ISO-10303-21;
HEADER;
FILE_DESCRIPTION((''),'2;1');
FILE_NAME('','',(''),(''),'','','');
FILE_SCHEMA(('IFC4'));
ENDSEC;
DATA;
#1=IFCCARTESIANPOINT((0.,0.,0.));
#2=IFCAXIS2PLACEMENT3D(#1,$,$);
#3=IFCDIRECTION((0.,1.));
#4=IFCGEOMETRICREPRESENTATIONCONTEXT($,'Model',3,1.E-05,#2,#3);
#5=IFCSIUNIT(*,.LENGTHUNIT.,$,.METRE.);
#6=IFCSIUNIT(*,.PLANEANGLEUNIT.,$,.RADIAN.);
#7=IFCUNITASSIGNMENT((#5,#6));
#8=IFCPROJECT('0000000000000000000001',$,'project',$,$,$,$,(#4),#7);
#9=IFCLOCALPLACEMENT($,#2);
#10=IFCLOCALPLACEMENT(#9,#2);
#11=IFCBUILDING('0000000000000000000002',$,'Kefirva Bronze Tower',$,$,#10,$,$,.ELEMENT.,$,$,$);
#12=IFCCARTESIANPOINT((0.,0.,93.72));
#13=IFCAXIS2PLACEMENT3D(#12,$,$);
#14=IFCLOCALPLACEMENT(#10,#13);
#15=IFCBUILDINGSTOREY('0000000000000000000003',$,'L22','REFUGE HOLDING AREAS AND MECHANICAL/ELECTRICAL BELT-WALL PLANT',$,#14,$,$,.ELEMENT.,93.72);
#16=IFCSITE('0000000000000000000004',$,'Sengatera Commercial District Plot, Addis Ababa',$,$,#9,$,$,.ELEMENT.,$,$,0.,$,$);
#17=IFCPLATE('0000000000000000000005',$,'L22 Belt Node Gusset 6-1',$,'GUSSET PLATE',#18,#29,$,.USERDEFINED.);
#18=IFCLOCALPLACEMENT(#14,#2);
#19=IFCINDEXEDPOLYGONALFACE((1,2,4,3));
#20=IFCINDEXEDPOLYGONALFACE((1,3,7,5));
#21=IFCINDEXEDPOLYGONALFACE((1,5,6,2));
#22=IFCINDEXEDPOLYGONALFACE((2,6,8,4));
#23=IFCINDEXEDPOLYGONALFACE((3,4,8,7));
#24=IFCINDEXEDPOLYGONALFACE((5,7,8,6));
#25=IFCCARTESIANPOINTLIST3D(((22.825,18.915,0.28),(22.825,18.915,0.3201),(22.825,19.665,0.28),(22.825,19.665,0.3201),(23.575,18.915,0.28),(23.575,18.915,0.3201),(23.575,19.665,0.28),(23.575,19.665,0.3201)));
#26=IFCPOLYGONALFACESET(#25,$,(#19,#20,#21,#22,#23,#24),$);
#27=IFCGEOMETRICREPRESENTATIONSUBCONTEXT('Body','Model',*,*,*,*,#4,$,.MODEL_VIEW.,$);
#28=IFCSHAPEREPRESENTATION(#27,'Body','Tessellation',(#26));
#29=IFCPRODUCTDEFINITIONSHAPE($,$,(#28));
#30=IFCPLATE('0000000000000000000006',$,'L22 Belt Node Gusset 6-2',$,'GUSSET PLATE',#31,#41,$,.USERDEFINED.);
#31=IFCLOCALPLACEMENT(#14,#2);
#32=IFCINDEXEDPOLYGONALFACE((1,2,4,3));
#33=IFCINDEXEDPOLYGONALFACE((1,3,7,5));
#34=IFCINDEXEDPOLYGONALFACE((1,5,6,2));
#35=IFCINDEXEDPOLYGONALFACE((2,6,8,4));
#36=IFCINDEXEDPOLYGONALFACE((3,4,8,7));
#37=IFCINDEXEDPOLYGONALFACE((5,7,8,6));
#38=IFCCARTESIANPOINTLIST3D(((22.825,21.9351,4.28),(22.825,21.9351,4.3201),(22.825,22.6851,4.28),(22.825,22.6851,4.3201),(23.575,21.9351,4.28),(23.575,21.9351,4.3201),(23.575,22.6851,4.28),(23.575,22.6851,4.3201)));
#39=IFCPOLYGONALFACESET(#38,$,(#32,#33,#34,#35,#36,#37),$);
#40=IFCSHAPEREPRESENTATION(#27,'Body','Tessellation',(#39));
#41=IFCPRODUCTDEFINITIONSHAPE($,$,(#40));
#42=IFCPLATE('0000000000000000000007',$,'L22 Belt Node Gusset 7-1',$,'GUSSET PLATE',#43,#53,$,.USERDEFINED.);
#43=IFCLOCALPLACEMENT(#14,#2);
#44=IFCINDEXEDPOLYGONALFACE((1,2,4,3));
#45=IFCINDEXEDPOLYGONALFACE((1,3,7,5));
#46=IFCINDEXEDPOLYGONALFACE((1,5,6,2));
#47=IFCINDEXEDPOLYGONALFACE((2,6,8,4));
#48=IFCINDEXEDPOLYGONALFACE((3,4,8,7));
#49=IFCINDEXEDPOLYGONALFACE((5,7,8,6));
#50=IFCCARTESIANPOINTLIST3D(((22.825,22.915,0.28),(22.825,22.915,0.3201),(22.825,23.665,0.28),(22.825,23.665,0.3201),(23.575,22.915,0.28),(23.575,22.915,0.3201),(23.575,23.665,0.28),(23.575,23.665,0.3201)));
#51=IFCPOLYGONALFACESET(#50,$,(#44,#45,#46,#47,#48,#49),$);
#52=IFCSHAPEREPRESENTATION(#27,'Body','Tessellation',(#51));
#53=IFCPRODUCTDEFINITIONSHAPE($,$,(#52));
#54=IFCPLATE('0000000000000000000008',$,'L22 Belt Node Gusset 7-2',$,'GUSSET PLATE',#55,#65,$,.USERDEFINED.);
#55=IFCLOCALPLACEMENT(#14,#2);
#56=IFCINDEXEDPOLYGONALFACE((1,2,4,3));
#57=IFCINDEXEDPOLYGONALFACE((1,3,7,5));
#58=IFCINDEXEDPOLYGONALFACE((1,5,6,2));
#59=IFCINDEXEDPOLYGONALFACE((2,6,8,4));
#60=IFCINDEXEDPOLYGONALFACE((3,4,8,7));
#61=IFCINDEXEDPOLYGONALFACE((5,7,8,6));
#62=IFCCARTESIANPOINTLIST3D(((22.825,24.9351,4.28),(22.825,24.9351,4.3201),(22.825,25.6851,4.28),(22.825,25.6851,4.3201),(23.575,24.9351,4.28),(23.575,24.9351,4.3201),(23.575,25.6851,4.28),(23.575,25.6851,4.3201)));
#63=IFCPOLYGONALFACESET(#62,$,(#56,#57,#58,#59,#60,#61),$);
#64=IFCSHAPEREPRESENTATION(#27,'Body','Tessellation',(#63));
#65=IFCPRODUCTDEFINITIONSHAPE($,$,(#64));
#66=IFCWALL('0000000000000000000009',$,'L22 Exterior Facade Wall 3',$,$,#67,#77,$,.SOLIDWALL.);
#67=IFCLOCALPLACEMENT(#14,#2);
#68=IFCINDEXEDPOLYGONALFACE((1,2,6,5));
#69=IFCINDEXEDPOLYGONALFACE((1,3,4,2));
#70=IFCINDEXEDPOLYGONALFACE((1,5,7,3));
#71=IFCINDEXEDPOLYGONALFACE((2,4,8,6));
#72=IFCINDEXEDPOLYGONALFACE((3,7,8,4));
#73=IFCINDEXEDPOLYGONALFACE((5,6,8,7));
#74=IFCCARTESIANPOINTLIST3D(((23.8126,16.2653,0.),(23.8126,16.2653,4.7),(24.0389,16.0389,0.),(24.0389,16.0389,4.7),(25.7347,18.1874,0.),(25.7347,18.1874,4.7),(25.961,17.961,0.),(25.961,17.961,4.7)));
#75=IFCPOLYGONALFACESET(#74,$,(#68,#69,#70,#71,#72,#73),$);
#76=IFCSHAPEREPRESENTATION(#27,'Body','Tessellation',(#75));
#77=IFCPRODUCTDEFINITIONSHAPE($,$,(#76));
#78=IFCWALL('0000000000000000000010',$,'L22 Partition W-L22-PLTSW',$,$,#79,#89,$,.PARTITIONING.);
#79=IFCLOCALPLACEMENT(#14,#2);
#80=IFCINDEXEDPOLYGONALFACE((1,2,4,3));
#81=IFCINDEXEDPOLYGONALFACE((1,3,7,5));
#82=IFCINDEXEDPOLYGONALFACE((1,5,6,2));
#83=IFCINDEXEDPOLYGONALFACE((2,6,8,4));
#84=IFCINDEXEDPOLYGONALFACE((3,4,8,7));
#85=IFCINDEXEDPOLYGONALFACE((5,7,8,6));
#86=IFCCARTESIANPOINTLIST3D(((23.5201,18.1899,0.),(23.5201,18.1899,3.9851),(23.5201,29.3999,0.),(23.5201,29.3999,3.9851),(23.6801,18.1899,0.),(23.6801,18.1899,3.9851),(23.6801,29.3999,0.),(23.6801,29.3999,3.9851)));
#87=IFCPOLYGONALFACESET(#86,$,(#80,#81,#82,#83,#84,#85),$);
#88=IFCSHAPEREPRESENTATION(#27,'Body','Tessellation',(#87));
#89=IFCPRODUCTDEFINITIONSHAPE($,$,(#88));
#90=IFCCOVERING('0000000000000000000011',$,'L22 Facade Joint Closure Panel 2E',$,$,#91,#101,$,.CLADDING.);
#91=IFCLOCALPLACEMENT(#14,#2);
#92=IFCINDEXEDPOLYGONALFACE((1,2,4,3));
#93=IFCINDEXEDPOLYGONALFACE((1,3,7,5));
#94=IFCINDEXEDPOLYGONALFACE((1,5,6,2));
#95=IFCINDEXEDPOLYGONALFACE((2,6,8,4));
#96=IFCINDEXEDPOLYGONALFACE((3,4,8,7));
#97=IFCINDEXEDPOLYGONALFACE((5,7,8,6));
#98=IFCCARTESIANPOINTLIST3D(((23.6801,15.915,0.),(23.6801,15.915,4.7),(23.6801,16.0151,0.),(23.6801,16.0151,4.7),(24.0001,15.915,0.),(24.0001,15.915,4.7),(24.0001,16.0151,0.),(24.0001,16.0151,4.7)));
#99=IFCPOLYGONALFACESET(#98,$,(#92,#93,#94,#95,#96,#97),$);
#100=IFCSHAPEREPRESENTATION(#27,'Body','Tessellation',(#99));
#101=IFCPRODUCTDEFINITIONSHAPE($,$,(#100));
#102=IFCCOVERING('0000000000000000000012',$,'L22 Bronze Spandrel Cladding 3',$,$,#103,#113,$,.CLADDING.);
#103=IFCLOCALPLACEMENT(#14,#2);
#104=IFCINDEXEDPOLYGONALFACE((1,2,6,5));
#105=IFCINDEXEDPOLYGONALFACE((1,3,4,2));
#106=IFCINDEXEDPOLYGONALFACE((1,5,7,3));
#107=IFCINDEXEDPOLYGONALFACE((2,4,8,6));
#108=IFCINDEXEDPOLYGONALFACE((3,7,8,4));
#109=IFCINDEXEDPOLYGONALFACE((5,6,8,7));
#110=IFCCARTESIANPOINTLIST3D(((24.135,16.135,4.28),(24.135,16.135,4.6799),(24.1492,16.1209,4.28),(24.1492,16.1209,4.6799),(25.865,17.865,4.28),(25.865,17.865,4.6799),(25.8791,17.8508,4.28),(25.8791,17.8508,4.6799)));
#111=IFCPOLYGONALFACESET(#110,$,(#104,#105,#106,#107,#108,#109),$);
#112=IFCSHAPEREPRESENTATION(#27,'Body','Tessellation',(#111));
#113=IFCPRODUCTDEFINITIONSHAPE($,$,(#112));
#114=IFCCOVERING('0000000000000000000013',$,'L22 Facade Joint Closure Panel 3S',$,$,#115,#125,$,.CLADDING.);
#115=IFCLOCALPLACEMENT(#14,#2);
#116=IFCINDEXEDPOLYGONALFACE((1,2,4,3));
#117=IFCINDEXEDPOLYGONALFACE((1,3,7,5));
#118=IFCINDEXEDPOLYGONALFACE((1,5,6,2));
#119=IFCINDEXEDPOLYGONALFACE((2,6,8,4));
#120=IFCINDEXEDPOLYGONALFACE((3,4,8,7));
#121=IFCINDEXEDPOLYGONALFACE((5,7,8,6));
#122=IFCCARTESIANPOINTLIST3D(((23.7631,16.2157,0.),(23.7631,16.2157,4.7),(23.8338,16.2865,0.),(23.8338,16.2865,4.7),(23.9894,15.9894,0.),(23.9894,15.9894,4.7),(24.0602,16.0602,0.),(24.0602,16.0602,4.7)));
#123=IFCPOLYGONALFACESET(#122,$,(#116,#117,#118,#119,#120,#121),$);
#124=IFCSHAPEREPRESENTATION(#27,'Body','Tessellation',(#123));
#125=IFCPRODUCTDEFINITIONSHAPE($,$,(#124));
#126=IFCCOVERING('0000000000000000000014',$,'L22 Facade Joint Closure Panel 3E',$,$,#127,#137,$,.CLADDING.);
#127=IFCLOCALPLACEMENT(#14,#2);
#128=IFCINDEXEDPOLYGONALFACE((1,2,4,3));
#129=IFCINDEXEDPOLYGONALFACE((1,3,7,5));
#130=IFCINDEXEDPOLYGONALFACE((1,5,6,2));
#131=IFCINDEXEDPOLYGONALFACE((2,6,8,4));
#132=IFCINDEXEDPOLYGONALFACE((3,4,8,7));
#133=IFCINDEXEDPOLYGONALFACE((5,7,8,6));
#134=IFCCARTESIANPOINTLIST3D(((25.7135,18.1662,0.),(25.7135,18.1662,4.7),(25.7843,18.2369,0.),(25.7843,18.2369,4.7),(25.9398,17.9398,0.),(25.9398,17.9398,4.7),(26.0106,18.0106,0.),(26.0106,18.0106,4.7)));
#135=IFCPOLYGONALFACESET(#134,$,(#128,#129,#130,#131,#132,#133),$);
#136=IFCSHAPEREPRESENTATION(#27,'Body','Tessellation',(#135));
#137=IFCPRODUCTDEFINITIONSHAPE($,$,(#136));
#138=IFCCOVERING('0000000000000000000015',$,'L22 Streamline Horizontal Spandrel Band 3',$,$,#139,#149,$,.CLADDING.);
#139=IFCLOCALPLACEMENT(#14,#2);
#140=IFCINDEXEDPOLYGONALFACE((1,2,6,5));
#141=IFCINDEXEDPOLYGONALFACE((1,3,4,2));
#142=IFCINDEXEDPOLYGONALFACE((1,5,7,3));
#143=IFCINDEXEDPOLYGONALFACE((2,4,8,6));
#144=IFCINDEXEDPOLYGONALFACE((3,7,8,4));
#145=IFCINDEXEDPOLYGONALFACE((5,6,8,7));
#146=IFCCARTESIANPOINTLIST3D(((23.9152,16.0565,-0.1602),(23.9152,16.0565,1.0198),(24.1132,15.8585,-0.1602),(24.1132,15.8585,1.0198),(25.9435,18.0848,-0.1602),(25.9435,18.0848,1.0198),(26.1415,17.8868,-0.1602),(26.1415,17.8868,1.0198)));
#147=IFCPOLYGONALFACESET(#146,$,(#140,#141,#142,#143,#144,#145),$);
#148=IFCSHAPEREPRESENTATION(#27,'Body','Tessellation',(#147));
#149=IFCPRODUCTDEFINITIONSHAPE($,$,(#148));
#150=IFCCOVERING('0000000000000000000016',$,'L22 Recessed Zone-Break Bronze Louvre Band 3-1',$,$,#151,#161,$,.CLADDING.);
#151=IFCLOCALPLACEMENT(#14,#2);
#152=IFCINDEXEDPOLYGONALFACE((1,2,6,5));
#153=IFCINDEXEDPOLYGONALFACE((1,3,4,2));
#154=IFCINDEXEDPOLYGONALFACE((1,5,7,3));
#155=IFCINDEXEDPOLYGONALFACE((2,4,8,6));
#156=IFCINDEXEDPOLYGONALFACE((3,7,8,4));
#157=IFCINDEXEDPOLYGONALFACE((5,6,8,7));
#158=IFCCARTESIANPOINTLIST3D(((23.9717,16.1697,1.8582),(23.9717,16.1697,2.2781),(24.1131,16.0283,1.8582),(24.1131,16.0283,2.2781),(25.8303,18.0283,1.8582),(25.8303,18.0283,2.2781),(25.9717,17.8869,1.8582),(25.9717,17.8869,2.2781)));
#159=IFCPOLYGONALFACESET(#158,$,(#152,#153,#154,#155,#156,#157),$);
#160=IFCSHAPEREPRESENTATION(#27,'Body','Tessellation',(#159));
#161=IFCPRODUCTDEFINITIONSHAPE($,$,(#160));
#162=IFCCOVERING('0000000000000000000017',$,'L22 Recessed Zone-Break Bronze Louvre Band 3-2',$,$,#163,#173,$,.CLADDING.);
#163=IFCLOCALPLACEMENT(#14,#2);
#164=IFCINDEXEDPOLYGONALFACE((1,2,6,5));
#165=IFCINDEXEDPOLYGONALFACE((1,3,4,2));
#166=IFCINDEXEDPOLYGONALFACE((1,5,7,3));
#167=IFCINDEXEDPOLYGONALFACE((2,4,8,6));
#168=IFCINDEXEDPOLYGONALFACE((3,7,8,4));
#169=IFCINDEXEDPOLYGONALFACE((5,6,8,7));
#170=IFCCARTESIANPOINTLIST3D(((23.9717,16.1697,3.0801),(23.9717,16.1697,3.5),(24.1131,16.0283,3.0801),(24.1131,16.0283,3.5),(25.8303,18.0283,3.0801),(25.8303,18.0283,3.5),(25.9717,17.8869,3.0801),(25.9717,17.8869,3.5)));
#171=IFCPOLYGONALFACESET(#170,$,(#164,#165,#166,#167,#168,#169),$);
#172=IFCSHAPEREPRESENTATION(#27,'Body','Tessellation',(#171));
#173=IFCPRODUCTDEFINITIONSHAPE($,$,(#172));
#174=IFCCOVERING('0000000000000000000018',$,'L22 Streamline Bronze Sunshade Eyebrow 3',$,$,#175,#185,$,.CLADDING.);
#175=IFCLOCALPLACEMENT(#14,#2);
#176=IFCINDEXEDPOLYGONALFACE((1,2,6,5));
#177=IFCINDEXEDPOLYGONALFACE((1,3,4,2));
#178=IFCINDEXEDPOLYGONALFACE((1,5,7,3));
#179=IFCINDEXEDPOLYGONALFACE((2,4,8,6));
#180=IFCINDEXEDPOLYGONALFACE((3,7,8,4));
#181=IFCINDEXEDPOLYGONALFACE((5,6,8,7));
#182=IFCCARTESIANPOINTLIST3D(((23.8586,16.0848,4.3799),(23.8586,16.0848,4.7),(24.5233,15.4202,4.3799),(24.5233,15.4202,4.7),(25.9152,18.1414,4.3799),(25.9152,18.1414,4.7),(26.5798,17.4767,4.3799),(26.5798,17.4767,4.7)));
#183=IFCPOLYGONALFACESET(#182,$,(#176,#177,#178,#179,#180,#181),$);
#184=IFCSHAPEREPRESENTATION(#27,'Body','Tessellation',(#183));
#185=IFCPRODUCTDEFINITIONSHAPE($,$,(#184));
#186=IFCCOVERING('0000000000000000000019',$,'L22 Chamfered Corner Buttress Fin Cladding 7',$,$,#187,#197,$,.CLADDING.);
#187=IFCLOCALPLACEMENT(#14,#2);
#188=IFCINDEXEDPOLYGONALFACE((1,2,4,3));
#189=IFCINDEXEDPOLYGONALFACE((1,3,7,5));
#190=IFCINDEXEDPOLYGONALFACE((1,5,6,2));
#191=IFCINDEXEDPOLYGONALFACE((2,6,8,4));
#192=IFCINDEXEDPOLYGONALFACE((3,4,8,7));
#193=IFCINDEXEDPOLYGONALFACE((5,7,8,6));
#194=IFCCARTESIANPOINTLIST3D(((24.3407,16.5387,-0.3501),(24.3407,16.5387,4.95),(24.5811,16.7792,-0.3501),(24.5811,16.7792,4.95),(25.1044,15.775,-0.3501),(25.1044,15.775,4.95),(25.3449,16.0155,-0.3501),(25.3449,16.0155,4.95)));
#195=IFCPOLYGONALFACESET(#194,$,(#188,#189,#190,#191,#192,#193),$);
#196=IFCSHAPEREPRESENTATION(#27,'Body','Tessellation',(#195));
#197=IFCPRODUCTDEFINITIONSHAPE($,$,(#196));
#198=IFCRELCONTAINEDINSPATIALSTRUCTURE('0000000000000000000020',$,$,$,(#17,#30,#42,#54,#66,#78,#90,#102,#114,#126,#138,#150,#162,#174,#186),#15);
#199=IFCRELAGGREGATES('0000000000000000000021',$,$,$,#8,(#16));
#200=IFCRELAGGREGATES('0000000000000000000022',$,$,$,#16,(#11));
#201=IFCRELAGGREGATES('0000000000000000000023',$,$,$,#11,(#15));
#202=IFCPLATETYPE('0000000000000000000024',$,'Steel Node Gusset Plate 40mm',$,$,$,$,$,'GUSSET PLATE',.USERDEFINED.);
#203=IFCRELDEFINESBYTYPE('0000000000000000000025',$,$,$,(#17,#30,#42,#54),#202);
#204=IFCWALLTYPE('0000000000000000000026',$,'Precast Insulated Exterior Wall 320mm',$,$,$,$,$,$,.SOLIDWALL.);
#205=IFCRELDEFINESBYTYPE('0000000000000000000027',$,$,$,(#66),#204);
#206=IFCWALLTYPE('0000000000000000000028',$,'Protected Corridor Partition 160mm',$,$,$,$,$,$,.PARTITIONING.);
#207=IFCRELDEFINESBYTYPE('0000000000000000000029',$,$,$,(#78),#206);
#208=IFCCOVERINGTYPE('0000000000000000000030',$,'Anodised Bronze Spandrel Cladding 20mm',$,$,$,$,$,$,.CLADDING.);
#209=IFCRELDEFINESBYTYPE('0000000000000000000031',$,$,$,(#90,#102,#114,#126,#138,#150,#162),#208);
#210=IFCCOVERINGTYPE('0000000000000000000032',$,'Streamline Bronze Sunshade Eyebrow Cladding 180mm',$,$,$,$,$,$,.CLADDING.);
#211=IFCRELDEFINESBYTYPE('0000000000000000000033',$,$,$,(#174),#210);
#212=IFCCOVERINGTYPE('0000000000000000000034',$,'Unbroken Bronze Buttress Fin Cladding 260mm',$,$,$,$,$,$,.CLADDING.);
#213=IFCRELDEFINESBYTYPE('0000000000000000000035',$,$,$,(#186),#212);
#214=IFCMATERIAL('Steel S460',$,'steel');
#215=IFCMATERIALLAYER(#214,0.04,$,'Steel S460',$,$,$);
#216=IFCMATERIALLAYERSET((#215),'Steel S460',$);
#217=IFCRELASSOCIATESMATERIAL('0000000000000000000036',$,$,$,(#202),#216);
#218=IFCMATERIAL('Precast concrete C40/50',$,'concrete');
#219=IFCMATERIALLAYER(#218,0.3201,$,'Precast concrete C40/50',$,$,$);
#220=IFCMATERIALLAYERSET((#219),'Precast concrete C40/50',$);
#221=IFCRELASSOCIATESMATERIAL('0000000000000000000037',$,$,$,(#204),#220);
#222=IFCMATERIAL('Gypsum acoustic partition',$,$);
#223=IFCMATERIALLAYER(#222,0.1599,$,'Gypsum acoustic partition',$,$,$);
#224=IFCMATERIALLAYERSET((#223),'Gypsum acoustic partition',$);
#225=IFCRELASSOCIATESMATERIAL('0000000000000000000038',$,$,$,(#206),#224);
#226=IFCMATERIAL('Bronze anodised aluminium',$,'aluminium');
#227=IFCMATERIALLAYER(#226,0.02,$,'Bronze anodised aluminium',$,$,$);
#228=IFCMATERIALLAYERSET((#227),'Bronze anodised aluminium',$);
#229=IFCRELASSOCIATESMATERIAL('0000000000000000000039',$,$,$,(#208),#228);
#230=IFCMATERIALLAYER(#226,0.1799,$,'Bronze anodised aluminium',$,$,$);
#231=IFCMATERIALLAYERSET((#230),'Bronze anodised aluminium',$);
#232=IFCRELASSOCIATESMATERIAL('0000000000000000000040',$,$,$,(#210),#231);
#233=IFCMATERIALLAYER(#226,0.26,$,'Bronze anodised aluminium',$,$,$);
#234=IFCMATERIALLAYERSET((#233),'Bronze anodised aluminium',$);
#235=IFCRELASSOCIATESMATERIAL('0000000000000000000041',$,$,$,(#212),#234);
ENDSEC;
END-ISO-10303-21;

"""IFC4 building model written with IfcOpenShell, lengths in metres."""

from ifc_helpers import new_model, si_unit, direction, frame, frame_2d, origin, origin_2d, place, context, subcontext, project, spatial, rectangle, extrude, material, layer, layer_set, type_object, element, save


model = new_model("IFC4")

# Units and contexts
model_context = context("Model", 3, precision=1e-05, world=origin(), true_north=direction((0.0, 1.0)))
body_context = subcontext(model_context, "Body", "Model", "MODEL_VIEW")
ifc_project = project(units=[si_unit("LENGTHUNIT", "METRE"), si_unit("PLANEANGLEUNIT", "RADIAN")], contexts=[model_context])

# Site, building, storey
site_placement = place(None, origin())
site = spatial("IfcSite", under=ifc_project, at=site_placement, Name="Sengatera Commercial District Plot, Addis Ababa", CompositionType="ELEMENT", RefElevation=0.0)
building_placement = place(site_placement, origin())
building = spatial("IfcBuilding", under=site, at=building_placement, Name="Kefirva Bronze Tower", CompositionType="ELEMENT")
storey_placement = place(building_placement, frame((0.0, 0.0, 93.72)))
storey = spatial("IfcBuildingStorey", under=building, at=storey_placement, Name="L22", Description="REFUGE HOLDING AREAS AND MECHANICAL/ELECTRICAL BELT-WALL PLANT", CompositionType="ELEMENT", Elevation=93.72)

# Shared definitions
ifc_material_1 = material(Name="Bronze anodised aluminium", Category="aluminium")

# Shared definitions
ifc_material_2 = material(Name="Steel S460", Category="steel")

# Plates
ifc_layer_1 = layer(ifc_material_2, 0.04, Name="Steel S460")
ifc_layer_set_1 = layer_set([ifc_layer_1], Name="Steel S460")
plate_type = type_object("IfcPlateType", Name="Steel Node Gusset Plate 40mm", ElementType="GUSSET PLATE", PredefinedType="USERDEFINED", material=ifc_layer_set_1)
for number, where, z_axis, x_axis, name in (
    (1, (23.2, 19.29, 0.28), (0.0, 0.0, 1.0), (1.0, 0.0, 0.0), "L22 Belt Node Gusset 6-1"),
    (2, (23.2, 22.3101, 4.28), (0.0, 0.0, 1.0), (1.0, 0.0, 0.0), "L22 Belt Node Gusset 6-2"),
    (3, (23.2, 23.29, 0.28), (0.0, 0.0, 1.0), (1.0, 0.0, 0.0), "L22 Belt Node Gusset 7-1"),
    (4, (23.2, 25.3101, 4.28), (0.0, 0.0, 1.0), (1.0, 0.0, 0.0), "L22 Belt Node Gusset 7-2"),
):
    element("IfcPlate", number, at=place(storey_placement, frame(where, z_axis=z_axis, x_axis=x_axis)), inside=storey, type_object=plate_type, Name=name, ObjectType="GUSSET PLATE", PredefinedType="USERDEFINED", context=body_context, shape_type="SweptSolid", body=[
        extrude(rectangle(XDim=0.75, YDim=0.75, at=origin_2d()), origin(), (0.0, 0.0, 1.0), 0.04),
    ])

# Walls
ifc_material_3 = material(Name="Precast concrete C40/50", Category="concrete")
ifc_layer_2 = layer(ifc_material_3, 0.3201, Name="Precast concrete C40/50")
ifc_layer_set_2 = layer_set([ifc_layer_2], Name="Precast concrete C40/50")
wall_type_1 = type_object("IfcWallType", Name="Precast Insulated Exterior Wall 320mm", PredefinedType="SOLIDWALL", material=ifc_layer_set_2)
wall_1_placement = place(storey_placement, frame((23.9258, 16.1521, 0.0), z_axis=(0.0, 0.0, 1.0), x_axis=(0.707107, 0.707107, 0.0)))
element("IfcWall", 5, at=wall_1_placement, inside=storey, type_object=wall_type_1, Name="L22 Exterior Facade Wall 3", PredefinedType="SOLIDWALL", context=body_context, shape_type="SweptSolid", body=[
    extrude(rectangle(XDim=2.7183, YDim=0.3201, at=frame_2d((1.3591, 0.0))), origin(), (0.0, 0.0, 1.0), 4.7),
])
ifc_material_4 = material(Name="Gypsum acoustic partition")
ifc_layer_3 = layer(ifc_material_4, 0.1599, Name="Gypsum acoustic partition")
ifc_layer_set_3 = layer_set([ifc_layer_3], Name="Gypsum acoustic partition")
wall_type_2 = type_object("IfcWallType", Name="Protected Corridor Partition 160mm", PredefinedType="PARTITIONING", material=ifc_layer_set_3)
wall_2_placement = place(storey_placement, frame((23.6001, 18.1899, 0.0), z_axis=(0.0, 0.0, 1.0), x_axis=(0.0, 1.0, 0.0)))
element("IfcWall", 6, at=wall_2_placement, inside=storey, type_object=wall_type_2, Name="L22 Partition W-L22-PLTSW", PredefinedType="PARTITIONING", context=body_context, shape_type="SweptSolid", body=[
    extrude(rectangle(XDim=11.21, YDim=0.1599, at=frame_2d((5.605, 0.0))), origin(), (0.0, 0.0, 1.0), 3.9851),
])

# Coverings
ifc_layer_4 = layer(ifc_material_1, 0.02, Name="Bronze anodised aluminium")
ifc_layer_set_4 = layer_set([ifc_layer_4], Name="Bronze anodised aluminium")
covering_type_1 = type_object("IfcCoveringType", Name="Anodised Bronze Spandrel Cladding 20mm", PredefinedType="CLADDING", material=ifc_layer_set_4)
covering_1_placement = place(storey_placement, frame((23.8401, 15.9651, 0.0), z_axis=(0.0, 0.0, 1.0), x_axis=(0.0, 1.0, 0.0)))
element("IfcCovering", 7, at=covering_1_placement, inside=storey, type_object=covering_type_1, Name="L22 Facade Joint Closure Panel 2E", PredefinedType="CLADDING", context=body_context, shape_type="SweptSolid", body=[
    extrude(rectangle(XDim=0.1001, YDim=0.3201, at=origin_2d()), origin(), (0.0, 0.0, 1.0), 4.7),
])
covering_2_placement = place(storey_placement, frame((25.0071, 16.9929, 4.28), z_axis=(0.0, 0.0, 1.0), x_axis=(0.707107, 0.707107, 0.0)))
element("IfcCovering", 8, at=covering_2_placement, inside=storey, type_object=covering_type_1, Name="L22 Bronze Spandrel Cladding 3", PredefinedType="CLADDING", context=body_context, shape_type="SweptSolid", body=[
    extrude(rectangle(XDim=2.4465, YDim=0.02, at=origin_2d()), origin(), (0.0, 0.0, 1.0), 0.3999),
])
for number, where, z_axis, x_axis, name in (
    (9, (23.9116, 16.1379, 0.0), (0.0, 0.0, 1.0), (0.707107, 0.707107, 0.0), "L22 Facade Joint Closure Panel 3S"),
    (10, (25.8621, 18.0884, 0.0), (0.0, 0.0, 1.0), (0.707107, 0.707107, 0.0), "L22 Facade Joint Closure Panel 3E"),
):
    element("IfcCovering", number, at=place(storey_placement, frame(where, z_axis=z_axis, x_axis=x_axis)), inside=storey, type_object=covering_type_1, Name=name, PredefinedType="CLADDING", context=body_context, shape_type="SweptSolid", body=[
        extrude(rectangle(XDim=0.1001, YDim=0.3201, at=origin_2d()), origin(), (0.0, 0.0, 1.0), 4.7),
    ])
covering_3_placement = place(storey_placement, frame((25.0283, 16.9717, -0.1602), z_axis=(0.0, 0.0, 1.0), x_axis=(0.707107, 0.707107, 0.0)))
element("IfcCovering", 11, at=covering_3_placement, inside=storey, type_object=covering_type_1, Name="L22 Streamline Horizontal Spandrel Band 3", PredefinedType="CLADDING", context=body_context, shape_type="SweptSolid", body=[
    extrude(rectangle(XDim=2.8684, YDim=0.28, at=origin_2d()), origin(), (0.0, 0.0, 1.0), 1.1799),
])
for number, where, z_axis, x_axis, name in (
    (12, (24.9717, 17.0283, 1.8582), (0.0, 0.0, 1.0), (0.707107, 0.707107, 0.0), "L22 Recessed Zone-Break Bronze Louvre Band 3-1"),
    (13, (24.9717, 17.0283, 3.0801), (0.0, 0.0, 1.0), (0.707107, 0.707107, 0.0), "L22 Recessed Zone-Break Bronze Louvre Band 3-2"),
):
    element("IfcCovering", number, at=place(storey_placement, frame(where, z_axis=z_axis, x_axis=x_axis)), inside=storey, type_object=covering_type_1, Name=name, PredefinedType="CLADDING", context=body_context, shape_type="SweptSolid", body=[
        extrude(rectangle(XDim=2.6284, YDim=0.2, at=origin_2d()), origin(), (0.0, 0.0, 1.0), 0.4199),
    ])
ifc_layer_5 = layer(ifc_material_1, 0.1799, Name="Bronze anodised aluminium")
ifc_layer_set_5 = layer_set([ifc_layer_5], Name="Bronze anodised aluminium")
covering_type_2 = type_object("IfcCoveringType", Name="Streamline Bronze Sunshade Eyebrow Cladding 180mm", PredefinedType="CLADDING", material=ifc_layer_set_5)
covering_4_placement = place(storey_placement, frame((25.2192, 16.7808, 4.3799), z_axis=(0.0, 0.0, 1.0), x_axis=(0.707107, 0.707107, 0.0)))
element("IfcCovering", 14, at=covering_4_placement, inside=storey, type_object=covering_type_2, Name="L22 Streamline Bronze Sunshade Eyebrow 3", PredefinedType="CLADDING", context=body_context, shape_type="SweptSolid", body=[
    extrude(rectangle(XDim=2.9084, YDim=0.9399, at=origin_2d()), origin(), (0.0, 0.0, 1.0), 0.3201),
])
ifc_layer_6 = layer(ifc_material_1, 0.26, Name="Bronze anodised aluminium")
ifc_layer_set_6 = layer_set([ifc_layer_6], Name="Bronze anodised aluminium")
covering_type_3 = type_object("IfcCoveringType", Name="Unbroken Bronze Buttress Fin Cladding 260mm", PredefinedType="CLADDING", material=ifc_layer_set_6)
for number, where, z_axis, x_axis, name in (
    (15, (24.8428, 16.2771, -0.3501), (0.0, 0.0, 1.0), (0.707107, 0.707107, 0.0), "L22 Chamfered Corner Buttress Fin Cladding 7"),
):
    element("IfcCovering", number, at=place(storey_placement, frame(where, z_axis=z_axis, x_axis=x_axis)), inside=storey, type_object=covering_type_3, Name=name, PredefinedType="CLADDING", context=body_context, shape_type="SweptSolid", body=[
        extrude(rectangle(XDim=0.3401, YDim=1.0801, at=origin_2d()), origin(), (0.0, 0.0, 1.0), 5.3),
    ])

save(model, "model.ifc")
